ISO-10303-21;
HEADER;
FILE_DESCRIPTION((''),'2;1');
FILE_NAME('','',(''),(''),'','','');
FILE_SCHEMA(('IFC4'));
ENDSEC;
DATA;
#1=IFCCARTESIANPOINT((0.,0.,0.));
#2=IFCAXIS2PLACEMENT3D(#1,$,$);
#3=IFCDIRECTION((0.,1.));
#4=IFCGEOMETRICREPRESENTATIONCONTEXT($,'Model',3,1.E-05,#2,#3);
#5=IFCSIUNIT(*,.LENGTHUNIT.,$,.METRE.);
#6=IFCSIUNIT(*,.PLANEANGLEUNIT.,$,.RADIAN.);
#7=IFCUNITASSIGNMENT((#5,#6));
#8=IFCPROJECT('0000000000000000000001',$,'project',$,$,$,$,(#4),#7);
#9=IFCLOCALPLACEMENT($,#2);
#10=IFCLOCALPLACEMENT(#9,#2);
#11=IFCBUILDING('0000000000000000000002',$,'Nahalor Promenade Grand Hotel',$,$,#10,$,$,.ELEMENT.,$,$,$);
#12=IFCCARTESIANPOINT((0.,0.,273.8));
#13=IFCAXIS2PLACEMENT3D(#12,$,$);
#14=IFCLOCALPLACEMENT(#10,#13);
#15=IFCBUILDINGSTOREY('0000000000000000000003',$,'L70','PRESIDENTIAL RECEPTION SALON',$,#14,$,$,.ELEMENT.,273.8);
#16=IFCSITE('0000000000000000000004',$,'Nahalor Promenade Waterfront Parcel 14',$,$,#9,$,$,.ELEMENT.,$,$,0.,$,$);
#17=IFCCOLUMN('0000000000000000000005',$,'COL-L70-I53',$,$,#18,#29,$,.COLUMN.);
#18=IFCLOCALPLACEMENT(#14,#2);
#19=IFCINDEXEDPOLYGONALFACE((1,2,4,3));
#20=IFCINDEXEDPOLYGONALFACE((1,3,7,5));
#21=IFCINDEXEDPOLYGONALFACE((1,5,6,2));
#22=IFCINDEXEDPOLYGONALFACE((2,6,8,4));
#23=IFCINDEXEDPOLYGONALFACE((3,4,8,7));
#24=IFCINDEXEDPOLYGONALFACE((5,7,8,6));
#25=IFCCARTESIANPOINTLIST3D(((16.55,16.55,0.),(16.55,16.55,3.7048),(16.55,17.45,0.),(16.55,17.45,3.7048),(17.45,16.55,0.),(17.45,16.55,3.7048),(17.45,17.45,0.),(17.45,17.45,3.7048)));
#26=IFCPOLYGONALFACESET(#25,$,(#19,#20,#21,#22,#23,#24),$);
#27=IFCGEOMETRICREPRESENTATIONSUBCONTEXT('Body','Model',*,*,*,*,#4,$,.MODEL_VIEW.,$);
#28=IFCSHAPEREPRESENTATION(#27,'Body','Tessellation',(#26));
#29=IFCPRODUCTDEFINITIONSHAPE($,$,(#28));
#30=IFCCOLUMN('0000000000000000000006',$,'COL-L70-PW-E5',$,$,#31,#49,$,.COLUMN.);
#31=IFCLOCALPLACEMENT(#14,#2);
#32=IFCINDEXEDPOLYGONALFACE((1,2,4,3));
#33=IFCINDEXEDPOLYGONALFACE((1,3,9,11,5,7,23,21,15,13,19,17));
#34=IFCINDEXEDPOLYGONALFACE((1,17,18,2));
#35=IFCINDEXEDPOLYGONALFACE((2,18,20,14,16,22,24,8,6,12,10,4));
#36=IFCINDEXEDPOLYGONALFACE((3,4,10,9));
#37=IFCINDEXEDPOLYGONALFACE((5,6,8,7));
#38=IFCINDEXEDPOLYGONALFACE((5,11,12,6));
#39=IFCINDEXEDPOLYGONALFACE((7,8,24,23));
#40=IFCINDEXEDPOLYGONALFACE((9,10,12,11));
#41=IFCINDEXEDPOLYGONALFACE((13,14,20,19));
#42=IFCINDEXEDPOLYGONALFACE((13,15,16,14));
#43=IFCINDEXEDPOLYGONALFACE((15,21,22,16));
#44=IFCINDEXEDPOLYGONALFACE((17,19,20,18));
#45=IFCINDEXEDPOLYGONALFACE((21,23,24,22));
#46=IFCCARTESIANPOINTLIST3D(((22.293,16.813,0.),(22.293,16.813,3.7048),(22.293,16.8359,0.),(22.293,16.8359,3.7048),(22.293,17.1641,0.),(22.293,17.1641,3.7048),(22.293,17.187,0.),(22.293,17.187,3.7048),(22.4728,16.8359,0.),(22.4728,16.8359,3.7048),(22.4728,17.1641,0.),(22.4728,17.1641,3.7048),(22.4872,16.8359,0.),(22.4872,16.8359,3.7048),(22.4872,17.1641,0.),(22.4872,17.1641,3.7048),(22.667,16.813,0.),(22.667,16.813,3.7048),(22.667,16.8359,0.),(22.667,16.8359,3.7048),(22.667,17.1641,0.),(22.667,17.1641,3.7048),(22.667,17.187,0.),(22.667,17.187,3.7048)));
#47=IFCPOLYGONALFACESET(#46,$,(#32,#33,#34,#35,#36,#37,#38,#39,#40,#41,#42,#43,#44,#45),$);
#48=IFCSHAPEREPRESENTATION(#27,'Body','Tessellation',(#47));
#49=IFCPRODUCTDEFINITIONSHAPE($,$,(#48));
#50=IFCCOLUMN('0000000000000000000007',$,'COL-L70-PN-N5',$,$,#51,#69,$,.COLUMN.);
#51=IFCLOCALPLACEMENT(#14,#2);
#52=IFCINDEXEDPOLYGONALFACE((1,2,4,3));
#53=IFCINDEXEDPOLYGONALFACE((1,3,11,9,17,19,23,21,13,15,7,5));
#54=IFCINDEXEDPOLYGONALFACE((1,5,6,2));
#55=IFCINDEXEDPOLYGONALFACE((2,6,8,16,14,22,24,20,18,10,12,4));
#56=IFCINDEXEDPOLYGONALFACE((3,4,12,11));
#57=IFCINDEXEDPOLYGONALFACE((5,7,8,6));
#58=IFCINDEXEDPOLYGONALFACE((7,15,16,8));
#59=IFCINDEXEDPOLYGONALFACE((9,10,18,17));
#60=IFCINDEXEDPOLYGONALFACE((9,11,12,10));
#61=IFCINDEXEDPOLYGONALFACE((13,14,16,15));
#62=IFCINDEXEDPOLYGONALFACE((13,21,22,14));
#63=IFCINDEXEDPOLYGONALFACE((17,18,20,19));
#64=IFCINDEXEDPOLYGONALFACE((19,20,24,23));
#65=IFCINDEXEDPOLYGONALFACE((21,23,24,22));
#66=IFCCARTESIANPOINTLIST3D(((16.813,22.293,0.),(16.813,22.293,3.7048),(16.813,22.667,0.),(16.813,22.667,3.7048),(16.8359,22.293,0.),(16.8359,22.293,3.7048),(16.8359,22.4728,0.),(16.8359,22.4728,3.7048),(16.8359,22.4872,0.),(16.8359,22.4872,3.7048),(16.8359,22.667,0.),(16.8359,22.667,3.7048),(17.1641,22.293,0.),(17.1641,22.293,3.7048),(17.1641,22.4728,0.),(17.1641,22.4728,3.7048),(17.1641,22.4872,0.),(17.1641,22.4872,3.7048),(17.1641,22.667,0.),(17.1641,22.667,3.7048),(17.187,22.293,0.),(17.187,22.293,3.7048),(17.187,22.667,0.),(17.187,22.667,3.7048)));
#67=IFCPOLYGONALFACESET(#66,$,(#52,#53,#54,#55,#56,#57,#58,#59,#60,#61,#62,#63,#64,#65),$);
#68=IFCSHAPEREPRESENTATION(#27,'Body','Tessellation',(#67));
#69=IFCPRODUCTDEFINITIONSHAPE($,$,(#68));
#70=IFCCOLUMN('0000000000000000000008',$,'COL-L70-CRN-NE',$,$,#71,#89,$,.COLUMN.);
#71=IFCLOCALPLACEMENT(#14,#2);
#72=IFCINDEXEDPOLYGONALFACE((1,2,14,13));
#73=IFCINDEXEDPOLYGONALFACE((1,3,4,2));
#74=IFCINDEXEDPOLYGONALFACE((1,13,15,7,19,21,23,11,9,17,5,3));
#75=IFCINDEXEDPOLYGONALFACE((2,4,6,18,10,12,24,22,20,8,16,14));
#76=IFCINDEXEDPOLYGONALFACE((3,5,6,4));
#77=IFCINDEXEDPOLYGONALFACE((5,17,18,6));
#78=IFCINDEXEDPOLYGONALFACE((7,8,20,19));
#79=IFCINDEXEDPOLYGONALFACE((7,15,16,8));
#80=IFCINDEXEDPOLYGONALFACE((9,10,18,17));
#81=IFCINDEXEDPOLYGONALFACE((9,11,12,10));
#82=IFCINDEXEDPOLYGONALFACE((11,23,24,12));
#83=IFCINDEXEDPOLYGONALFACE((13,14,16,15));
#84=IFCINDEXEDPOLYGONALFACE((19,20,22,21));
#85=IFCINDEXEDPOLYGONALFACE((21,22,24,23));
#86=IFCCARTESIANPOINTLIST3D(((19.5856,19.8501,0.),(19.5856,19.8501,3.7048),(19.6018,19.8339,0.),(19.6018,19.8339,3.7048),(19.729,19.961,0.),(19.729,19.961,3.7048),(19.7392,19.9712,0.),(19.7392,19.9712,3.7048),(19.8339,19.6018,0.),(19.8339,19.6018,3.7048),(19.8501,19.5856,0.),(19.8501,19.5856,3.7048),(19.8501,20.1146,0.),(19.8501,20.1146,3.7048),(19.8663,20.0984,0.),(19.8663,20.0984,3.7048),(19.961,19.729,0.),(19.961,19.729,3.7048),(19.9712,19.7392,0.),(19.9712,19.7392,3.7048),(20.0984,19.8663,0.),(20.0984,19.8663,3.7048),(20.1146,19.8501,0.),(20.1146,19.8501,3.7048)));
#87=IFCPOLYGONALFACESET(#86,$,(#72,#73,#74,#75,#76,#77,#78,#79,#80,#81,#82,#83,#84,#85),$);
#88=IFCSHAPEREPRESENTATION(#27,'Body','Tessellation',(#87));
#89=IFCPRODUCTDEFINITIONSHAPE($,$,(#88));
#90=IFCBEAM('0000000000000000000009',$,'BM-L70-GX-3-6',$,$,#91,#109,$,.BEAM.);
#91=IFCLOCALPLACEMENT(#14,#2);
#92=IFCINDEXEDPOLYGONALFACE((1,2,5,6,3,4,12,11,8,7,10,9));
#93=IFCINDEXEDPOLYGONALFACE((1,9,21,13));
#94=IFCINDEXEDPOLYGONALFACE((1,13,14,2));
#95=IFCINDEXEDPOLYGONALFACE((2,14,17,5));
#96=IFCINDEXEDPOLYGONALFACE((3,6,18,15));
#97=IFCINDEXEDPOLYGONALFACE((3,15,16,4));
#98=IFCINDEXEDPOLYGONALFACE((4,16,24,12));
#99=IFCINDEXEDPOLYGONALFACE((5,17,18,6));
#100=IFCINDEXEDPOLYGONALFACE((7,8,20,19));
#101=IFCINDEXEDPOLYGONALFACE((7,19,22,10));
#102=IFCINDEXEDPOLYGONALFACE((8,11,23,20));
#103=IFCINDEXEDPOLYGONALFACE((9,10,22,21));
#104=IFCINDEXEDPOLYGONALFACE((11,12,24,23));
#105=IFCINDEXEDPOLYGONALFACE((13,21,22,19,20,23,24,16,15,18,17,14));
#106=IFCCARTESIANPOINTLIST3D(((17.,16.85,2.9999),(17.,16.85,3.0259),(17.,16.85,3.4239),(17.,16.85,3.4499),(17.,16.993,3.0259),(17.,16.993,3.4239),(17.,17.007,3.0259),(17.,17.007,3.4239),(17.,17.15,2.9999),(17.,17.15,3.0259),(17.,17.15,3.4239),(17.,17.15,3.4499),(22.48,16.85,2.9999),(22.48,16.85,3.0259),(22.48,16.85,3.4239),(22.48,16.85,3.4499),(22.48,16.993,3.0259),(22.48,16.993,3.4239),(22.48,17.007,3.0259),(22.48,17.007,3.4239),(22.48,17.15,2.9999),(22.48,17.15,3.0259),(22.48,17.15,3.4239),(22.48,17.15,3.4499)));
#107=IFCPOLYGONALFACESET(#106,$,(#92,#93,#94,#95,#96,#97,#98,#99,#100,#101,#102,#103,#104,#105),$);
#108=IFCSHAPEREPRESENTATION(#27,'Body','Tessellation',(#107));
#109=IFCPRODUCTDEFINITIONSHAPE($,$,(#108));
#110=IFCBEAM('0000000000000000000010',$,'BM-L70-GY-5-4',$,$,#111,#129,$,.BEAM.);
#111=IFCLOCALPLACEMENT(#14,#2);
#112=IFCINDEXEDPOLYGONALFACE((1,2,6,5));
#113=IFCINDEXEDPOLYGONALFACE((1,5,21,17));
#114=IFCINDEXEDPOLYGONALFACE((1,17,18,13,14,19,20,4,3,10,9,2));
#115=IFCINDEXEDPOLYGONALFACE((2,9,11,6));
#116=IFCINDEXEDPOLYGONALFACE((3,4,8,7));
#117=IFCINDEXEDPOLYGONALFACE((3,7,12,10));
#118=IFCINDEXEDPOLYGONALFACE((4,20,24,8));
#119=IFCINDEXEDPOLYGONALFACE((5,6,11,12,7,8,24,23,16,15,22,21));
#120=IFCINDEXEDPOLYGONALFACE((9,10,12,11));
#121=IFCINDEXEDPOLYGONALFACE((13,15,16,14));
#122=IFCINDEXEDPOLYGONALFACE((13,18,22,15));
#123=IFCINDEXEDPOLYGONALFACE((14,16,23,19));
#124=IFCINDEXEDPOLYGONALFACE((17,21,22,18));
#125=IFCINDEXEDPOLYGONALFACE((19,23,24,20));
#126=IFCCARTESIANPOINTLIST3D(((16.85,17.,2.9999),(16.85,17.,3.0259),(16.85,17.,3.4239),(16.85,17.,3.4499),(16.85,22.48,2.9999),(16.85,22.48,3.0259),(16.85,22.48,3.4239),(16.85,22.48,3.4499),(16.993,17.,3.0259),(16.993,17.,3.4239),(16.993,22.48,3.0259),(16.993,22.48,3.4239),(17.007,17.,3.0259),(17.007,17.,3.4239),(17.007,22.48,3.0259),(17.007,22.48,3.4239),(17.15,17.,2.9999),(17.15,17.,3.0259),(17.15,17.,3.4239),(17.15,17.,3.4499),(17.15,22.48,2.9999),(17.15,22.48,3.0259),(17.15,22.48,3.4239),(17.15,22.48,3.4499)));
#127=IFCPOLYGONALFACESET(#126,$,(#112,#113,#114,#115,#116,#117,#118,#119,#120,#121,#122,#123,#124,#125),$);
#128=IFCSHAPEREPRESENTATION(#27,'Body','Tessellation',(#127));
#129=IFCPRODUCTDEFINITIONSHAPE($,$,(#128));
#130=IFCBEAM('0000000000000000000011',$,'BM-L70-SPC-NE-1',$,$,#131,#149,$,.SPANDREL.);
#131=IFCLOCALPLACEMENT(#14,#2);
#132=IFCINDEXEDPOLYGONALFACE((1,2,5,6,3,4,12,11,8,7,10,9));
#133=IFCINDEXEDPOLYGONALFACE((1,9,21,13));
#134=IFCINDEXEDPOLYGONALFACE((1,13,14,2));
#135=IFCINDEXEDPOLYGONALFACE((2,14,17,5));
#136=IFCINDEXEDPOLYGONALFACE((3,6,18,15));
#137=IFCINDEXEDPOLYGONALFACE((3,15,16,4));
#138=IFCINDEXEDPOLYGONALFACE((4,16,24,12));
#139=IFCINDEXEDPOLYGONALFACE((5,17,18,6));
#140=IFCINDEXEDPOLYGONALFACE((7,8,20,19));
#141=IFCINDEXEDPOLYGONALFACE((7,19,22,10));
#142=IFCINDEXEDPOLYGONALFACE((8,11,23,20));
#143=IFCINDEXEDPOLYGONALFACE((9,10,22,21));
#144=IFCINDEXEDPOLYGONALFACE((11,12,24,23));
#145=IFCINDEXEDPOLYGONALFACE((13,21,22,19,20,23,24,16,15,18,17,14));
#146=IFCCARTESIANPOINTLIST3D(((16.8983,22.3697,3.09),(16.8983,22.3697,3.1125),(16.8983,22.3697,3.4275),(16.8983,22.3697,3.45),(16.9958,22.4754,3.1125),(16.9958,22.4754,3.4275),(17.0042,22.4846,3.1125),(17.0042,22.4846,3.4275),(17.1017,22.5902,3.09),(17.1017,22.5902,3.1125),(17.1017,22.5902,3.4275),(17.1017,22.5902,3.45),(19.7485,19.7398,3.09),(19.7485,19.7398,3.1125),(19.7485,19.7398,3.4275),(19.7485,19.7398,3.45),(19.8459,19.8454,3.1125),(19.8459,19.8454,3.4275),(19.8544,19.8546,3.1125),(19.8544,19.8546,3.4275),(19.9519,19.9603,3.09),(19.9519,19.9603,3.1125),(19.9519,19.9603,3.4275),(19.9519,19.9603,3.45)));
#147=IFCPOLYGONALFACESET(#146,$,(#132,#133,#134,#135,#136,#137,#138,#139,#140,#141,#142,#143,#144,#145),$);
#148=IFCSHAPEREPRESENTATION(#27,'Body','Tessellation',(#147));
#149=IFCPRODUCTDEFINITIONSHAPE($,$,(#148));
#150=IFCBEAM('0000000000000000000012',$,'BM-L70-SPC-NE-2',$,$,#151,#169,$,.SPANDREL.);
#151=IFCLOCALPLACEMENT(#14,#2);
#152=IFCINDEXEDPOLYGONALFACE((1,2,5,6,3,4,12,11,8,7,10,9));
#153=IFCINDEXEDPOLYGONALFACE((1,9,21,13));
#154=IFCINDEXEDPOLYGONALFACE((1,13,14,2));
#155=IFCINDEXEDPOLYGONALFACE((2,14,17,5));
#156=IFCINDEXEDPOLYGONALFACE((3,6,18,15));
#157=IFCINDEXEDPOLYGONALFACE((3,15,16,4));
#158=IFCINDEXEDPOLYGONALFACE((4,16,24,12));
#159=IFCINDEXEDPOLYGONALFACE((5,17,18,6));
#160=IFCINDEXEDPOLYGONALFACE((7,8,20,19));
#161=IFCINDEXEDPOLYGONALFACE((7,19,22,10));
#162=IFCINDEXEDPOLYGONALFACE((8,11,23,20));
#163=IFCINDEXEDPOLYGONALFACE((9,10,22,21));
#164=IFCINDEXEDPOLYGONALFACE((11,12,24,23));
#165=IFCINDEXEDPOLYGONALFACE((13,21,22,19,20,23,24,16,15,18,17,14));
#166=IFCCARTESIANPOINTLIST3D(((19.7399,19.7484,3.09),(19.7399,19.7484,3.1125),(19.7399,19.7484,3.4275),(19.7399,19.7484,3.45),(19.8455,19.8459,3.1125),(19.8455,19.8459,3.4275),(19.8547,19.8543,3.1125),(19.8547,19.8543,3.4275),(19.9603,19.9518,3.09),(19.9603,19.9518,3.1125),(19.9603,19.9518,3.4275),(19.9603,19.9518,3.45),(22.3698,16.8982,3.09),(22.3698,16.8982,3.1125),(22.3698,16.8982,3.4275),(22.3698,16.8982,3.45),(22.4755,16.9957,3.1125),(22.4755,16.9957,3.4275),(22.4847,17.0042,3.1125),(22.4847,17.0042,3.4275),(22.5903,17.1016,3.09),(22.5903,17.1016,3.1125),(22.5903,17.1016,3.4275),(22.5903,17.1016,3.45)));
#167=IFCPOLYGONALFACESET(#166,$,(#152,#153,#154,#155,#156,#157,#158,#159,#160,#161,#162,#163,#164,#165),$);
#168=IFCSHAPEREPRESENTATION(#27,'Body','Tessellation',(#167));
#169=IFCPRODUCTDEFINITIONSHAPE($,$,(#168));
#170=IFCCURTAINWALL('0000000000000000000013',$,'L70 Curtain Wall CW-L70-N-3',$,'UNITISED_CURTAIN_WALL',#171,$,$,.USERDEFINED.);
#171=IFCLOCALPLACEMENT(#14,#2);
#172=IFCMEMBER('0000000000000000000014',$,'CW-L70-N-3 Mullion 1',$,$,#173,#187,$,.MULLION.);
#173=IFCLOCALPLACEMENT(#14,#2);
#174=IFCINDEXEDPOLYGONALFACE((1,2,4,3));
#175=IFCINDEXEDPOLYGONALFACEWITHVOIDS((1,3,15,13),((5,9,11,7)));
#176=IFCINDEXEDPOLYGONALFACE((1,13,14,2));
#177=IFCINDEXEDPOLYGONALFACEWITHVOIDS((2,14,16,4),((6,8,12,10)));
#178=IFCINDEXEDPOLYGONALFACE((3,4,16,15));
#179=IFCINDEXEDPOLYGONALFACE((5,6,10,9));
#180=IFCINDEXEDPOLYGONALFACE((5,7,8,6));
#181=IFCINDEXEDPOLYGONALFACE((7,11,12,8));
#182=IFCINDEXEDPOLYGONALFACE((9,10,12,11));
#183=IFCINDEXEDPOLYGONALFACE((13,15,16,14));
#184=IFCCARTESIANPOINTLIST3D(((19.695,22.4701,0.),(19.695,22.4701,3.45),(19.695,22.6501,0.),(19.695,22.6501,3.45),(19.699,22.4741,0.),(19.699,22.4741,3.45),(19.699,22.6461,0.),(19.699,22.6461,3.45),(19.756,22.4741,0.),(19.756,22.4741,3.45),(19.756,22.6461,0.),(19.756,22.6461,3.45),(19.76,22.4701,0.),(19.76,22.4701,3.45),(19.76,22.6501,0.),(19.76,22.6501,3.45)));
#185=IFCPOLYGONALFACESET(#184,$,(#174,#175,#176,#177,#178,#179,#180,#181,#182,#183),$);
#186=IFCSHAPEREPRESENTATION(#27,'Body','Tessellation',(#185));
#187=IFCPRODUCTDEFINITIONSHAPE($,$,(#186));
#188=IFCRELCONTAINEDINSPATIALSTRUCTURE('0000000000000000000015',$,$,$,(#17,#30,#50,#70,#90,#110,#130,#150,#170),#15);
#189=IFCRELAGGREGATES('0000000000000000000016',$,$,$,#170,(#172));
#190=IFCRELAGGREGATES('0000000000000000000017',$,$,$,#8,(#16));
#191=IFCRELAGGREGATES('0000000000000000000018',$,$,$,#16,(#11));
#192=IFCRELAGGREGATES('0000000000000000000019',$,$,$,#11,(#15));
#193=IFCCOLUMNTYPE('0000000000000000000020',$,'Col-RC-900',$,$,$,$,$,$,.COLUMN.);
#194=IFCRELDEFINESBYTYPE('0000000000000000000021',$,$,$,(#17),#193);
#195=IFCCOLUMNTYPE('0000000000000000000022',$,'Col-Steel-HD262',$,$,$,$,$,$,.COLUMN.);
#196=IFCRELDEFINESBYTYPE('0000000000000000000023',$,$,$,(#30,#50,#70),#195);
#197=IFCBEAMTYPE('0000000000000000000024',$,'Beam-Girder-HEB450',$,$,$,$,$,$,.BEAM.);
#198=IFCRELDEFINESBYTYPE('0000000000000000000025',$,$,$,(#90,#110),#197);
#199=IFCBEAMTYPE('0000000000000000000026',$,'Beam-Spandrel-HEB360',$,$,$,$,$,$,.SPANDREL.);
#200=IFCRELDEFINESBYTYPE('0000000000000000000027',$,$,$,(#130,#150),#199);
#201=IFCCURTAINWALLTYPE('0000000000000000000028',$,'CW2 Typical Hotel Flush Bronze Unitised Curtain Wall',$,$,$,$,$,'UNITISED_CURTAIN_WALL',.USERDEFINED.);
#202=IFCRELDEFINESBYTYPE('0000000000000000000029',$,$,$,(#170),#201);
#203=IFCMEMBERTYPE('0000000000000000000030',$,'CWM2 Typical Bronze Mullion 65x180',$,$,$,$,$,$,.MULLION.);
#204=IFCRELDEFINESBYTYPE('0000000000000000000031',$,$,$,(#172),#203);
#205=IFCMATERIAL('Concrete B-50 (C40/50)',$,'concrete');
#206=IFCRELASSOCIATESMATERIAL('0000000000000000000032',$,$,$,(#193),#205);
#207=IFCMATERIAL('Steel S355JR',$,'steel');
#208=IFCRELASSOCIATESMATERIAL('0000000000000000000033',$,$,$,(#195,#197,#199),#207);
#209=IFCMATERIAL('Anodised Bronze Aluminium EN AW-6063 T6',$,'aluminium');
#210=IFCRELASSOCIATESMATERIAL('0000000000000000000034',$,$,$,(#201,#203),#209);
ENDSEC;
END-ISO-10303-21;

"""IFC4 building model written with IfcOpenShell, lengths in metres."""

from ifc_helpers import new_model, si_unit, direction, frame, origin, origin_2d, place, context, subcontext, project, spatial, rectangle, hollow_rectangle, i_section, extrude, source, transform, mapped, material, material_profile, profile_set, type_object, element, aggregate, save


model = new_model("IFC4")

# Units and contexts
model_context = context("Model", 3, precision=1e-05, world=origin(), true_north=direction((0.0, 1.0)))
body_context = subcontext(model_context, "Body", "Model", "MODEL_VIEW")
ifc_project = project(units=[si_unit("LENGTHUNIT", "METRE"), si_unit("PLANEANGLEUNIT", "RADIAN")], contexts=[model_context])

# Site, building, storey
site_placement = place(None, origin())
site = spatial("IfcSite", under=ifc_project, at=site_placement, Name="Nahalor Promenade Waterfront Parcel 14", CompositionType="ELEMENT", RefElevation=0.0)
building_placement = place(site_placement, origin())
building = spatial("IfcBuilding", under=site, at=building_placement, Name="Nahalor Promenade Grand Hotel", CompositionType="ELEMENT")
storey_placement = place(building_placement, frame((0.0, 0.0, 273.8)))
storey = spatial("IfcBuildingStorey", under=building, at=storey_placement, Name="L70", Description="PRESIDENTIAL RECEPTION SALON", CompositionType="ELEMENT", Elevation=273.8)

# Columns
ifc_material_1 = material(Name="Concrete B-50 (C40/50)", Category="concrete")
ifc_material_profile_1 = material_profile(ifc_material_1, rectangle(XDim=0.9, YDim=0.9, at=origin_2d()), Name="RC 900x900")
ifc_profile_set_1 = profile_set([ifc_material_profile_1], Name="Concrete B-50 (C40/50)")
column_type_1 = type_object("IfcColumnType", Name="Col-RC-900", PredefinedType="COLUMN", material=ifc_profile_set_1)
shared_shape_1 = source(origin(), body_context, "Body", "SweptSolid", [
    extrude(rectangle(XDim=0.9, YDim=0.9, at=origin_2d()), origin(), (0.0, 0.0, 1.0), 3.7048),
])
column_placement = place(storey_placement, frame((17.0, 17.0, 0.0), z_axis=(0.0, 0.0, 1.0), x_axis=(1.0, 0.0, 0.0)))
element("IfcColumn", 1, at=column_placement, inside=storey, type_object=column_type_1, Name="COL-L70-I53", PredefinedType="COLUMN", context=body_context, shape_type="MappedRepresentation", body=[
    mapped(shared_shape_1, transform((0.0, 0.0, 0.0), scale=1.0)),
])
ifc_material_2 = material(Name="Steel S355JR", Category="steel")
ifc_material_profile_2 = material_profile(ifc_material_2, i_section(OverallWidth=0.374, OverallDepth=0.374, WebThickness=0.0144, FlangeThickness=0.0229, at=origin_2d()), Name="HD 360x262")
ifc_profile_set_2 = profile_set([ifc_material_profile_2], Name="Steel S355JR")
column_type_2 = type_object("IfcColumnType", Name="Col-Steel-HD262", PredefinedType="COLUMN", material=ifc_profile_set_2)
shared_shape_2 = source(origin(), body_context, "Body", "SweptSolid", [
    extrude(i_section(OverallWidth=0.374, OverallDepth=0.374, WebThickness=0.0144, FlangeThickness=0.0229, at=origin_2d()), origin(), (0.0, 0.0, 1.0), 3.7048),
])
for number, where, z_axis, x_axis, name in (
    (2, (22.48, 17.0, 0.0), (0.0, 0.0, 1.0), (1.0, 0.0, 0.0), "COL-L70-PW-E5"),
    (3, (17.0, 22.48, 0.0), (0.0, 0.0, 1.0), (0.0, 1.0, 0.0), "COL-L70-PN-N5"),
    (4, (19.8501, 19.8501, 0.0), (0.0, 0.0, 1.0), (0.707107, 0.707107, 0.0), "COL-L70-CRN-NE"),
):
    element("IfcColumn", number, at=place(storey_placement, frame(where, z_axis=z_axis, x_axis=x_axis)), inside=storey, type_object=column_type_2, Name=name, PredefinedType="COLUMN", context=body_context, shape_type="MappedRepresentation", body=[
        mapped(shared_shape_2, transform((0.0, 0.0, 0.0), scale=1.0)),
    ])

# Beams
ifc_material_profile_3 = material_profile(ifc_material_2, i_section(OverallWidth=0.3, OverallDepth=0.45, WebThickness=0.014, FlangeThickness=0.026, at=origin_2d()), Name="HEB 450")
ifc_profile_set_3 = profile_set([ifc_material_profile_3], Name="Steel S355JR")
beam_type_1 = type_object("IfcBeamType", Name="Beam-Girder-HEB450", PredefinedType="BEAM", material=ifc_profile_set_3)
shared_shape_3 = source(origin(), body_context, "Body", "SweptSolid", [
    extrude(i_section(OverallWidth=0.3, OverallDepth=0.45, WebThickness=0.014, FlangeThickness=0.026, at=origin_2d()), origin(), (0.0, 0.0, 1.0), 5.48),
])
for number, where, z_axis, x_axis, name in (
    (5, (17.0, 17.0, 3.2249), (1.0, 0.0, 0.0), (0.0, 1.0, 0.0), "BM-L70-GX-3-6"),
    (6, (17.0, 17.0, 3.2249), (0.0, 1.0, 0.0), (-1.0, 0.0, 0.0), "BM-L70-GY-5-4"),
):
    element("IfcBeam", number, at=place(storey_placement, frame(where, z_axis=z_axis, x_axis=x_axis)), inside=storey, type_object=beam_type_1, Name=name, PredefinedType="BEAM", context=body_context, shape_type="MappedRepresentation", body=[
        mapped(shared_shape_3, transform((0.0, 0.0, 0.0), scale=1.0)),
    ])
ifc_material_profile_4 = material_profile(ifc_material_2, i_section(OverallWidth=0.3, OverallDepth=0.36, WebThickness=0.0125, FlangeThickness=0.0225, at=origin_2d()), Name="HEB 360")
ifc_profile_set_4 = profile_set([ifc_material_profile_4], Name="Steel S355JR")
beam_type_2 = type_object("IfcBeamType", Name="Beam-Spandrel-HEB360", PredefinedType="SPANDREL", material=ifc_profile_set_4)
shared_shape_4 = source(origin(), body_context, "Body", "SweptSolid", [
    extrude(i_section(OverallWidth=0.3, OverallDepth=0.36, WebThickness=0.0125, FlangeThickness=0.0225, at=origin_2d()), origin(), (0.0, 0.0, 1.0), 3.8782),
])
for number, where, z_axis, x_axis, name in (
    (7, (17.0, 22.48, 3.27), (0.734929, -0.678144, 0.0), (0.678144, 0.734929, 0.0), "BM-L70-SPC-NE-1"),
    (8, (19.8501, 19.8501, 3.27), (0.678144, -0.734929, 0.0), (0.734929, 0.678144, 0.0), "BM-L70-SPC-NE-2"),
):
    element("IfcBeam", number, at=place(storey_placement, frame(where, z_axis=z_axis, x_axis=x_axis)), inside=storey, type_object=beam_type_2, Name=name, PredefinedType="SPANDREL", context=body_context, shape_type="MappedRepresentation", body=[
        mapped(shared_shape_4, transform((0.0, 0.0, 0.0), scale=1.0)),
    ])

# Curtain wall, member
ifc_material_3 = material(Name="Anodised Bronze Aluminium EN AW-6063 T6", Category="aluminium")
curtain_wall_type = type_object("IfcCurtainWallType", Name="CW2 Typical Hotel Flush Bronze Unitised Curtain Wall", ElementType="UNITISED_CURTAIN_WALL", PredefinedType="USERDEFINED", material=ifc_material_3)
curtain_wall_1_placement = place(storey_placement, origin())
curtain_wall_1 = element("IfcCurtainWall", 9, at=curtain_wall_1_placement, inside=storey, type_object=curtain_wall_type, Name="L70 Curtain Wall CW-L70-N-3", ObjectType="UNITISED_CURTAIN_WALL", PredefinedType="USERDEFINED")
ifc_material_profile_5 = material_profile(ifc_material_3, hollow_rectangle(XDim=0.065, YDim=0.18, WallThickness=0.004, at=origin_2d()), Name="CWM 65x180x4")
ifc_profile_set_5 = profile_set([ifc_material_profile_5], Name="Anodised Bronze Aluminium EN AW-6063 T6")
member_type = type_object("IfcMemberType", Name="CWM2 Typical Bronze Mullion 65x180", PredefinedType="MULLION", material=ifc_profile_set_5)
shared_shape_5 = source(origin(), body_context, "Body", "SweptSolid", [
    extrude(hollow_rectangle(XDim=0.065, YDim=0.18, WallThickness=0.004, at=origin_2d()), origin(), (0.0, 0.0, 1.0), 3.45),
])
member_1_placement = place(storey_placement, frame((19.7275, 22.5601, 0.0), z_axis=(0.0, 0.0, 1.0), x_axis=(1.0, 0.0, 0.0)))
member_1 = element("IfcMember", 10, at=member_1_placement, type_object=member_type, Name="CW-L70-N-3 Mullion 1", PredefinedType="MULLION", context=body_context, shape_type="MappedRepresentation", body=[
    mapped(shared_shape_5, transform((0.0, 0.0, 0.0), scale=1.0)),
])

aggregate(curtain_wall_1, [member_1])

save(model, "model.ifc")
